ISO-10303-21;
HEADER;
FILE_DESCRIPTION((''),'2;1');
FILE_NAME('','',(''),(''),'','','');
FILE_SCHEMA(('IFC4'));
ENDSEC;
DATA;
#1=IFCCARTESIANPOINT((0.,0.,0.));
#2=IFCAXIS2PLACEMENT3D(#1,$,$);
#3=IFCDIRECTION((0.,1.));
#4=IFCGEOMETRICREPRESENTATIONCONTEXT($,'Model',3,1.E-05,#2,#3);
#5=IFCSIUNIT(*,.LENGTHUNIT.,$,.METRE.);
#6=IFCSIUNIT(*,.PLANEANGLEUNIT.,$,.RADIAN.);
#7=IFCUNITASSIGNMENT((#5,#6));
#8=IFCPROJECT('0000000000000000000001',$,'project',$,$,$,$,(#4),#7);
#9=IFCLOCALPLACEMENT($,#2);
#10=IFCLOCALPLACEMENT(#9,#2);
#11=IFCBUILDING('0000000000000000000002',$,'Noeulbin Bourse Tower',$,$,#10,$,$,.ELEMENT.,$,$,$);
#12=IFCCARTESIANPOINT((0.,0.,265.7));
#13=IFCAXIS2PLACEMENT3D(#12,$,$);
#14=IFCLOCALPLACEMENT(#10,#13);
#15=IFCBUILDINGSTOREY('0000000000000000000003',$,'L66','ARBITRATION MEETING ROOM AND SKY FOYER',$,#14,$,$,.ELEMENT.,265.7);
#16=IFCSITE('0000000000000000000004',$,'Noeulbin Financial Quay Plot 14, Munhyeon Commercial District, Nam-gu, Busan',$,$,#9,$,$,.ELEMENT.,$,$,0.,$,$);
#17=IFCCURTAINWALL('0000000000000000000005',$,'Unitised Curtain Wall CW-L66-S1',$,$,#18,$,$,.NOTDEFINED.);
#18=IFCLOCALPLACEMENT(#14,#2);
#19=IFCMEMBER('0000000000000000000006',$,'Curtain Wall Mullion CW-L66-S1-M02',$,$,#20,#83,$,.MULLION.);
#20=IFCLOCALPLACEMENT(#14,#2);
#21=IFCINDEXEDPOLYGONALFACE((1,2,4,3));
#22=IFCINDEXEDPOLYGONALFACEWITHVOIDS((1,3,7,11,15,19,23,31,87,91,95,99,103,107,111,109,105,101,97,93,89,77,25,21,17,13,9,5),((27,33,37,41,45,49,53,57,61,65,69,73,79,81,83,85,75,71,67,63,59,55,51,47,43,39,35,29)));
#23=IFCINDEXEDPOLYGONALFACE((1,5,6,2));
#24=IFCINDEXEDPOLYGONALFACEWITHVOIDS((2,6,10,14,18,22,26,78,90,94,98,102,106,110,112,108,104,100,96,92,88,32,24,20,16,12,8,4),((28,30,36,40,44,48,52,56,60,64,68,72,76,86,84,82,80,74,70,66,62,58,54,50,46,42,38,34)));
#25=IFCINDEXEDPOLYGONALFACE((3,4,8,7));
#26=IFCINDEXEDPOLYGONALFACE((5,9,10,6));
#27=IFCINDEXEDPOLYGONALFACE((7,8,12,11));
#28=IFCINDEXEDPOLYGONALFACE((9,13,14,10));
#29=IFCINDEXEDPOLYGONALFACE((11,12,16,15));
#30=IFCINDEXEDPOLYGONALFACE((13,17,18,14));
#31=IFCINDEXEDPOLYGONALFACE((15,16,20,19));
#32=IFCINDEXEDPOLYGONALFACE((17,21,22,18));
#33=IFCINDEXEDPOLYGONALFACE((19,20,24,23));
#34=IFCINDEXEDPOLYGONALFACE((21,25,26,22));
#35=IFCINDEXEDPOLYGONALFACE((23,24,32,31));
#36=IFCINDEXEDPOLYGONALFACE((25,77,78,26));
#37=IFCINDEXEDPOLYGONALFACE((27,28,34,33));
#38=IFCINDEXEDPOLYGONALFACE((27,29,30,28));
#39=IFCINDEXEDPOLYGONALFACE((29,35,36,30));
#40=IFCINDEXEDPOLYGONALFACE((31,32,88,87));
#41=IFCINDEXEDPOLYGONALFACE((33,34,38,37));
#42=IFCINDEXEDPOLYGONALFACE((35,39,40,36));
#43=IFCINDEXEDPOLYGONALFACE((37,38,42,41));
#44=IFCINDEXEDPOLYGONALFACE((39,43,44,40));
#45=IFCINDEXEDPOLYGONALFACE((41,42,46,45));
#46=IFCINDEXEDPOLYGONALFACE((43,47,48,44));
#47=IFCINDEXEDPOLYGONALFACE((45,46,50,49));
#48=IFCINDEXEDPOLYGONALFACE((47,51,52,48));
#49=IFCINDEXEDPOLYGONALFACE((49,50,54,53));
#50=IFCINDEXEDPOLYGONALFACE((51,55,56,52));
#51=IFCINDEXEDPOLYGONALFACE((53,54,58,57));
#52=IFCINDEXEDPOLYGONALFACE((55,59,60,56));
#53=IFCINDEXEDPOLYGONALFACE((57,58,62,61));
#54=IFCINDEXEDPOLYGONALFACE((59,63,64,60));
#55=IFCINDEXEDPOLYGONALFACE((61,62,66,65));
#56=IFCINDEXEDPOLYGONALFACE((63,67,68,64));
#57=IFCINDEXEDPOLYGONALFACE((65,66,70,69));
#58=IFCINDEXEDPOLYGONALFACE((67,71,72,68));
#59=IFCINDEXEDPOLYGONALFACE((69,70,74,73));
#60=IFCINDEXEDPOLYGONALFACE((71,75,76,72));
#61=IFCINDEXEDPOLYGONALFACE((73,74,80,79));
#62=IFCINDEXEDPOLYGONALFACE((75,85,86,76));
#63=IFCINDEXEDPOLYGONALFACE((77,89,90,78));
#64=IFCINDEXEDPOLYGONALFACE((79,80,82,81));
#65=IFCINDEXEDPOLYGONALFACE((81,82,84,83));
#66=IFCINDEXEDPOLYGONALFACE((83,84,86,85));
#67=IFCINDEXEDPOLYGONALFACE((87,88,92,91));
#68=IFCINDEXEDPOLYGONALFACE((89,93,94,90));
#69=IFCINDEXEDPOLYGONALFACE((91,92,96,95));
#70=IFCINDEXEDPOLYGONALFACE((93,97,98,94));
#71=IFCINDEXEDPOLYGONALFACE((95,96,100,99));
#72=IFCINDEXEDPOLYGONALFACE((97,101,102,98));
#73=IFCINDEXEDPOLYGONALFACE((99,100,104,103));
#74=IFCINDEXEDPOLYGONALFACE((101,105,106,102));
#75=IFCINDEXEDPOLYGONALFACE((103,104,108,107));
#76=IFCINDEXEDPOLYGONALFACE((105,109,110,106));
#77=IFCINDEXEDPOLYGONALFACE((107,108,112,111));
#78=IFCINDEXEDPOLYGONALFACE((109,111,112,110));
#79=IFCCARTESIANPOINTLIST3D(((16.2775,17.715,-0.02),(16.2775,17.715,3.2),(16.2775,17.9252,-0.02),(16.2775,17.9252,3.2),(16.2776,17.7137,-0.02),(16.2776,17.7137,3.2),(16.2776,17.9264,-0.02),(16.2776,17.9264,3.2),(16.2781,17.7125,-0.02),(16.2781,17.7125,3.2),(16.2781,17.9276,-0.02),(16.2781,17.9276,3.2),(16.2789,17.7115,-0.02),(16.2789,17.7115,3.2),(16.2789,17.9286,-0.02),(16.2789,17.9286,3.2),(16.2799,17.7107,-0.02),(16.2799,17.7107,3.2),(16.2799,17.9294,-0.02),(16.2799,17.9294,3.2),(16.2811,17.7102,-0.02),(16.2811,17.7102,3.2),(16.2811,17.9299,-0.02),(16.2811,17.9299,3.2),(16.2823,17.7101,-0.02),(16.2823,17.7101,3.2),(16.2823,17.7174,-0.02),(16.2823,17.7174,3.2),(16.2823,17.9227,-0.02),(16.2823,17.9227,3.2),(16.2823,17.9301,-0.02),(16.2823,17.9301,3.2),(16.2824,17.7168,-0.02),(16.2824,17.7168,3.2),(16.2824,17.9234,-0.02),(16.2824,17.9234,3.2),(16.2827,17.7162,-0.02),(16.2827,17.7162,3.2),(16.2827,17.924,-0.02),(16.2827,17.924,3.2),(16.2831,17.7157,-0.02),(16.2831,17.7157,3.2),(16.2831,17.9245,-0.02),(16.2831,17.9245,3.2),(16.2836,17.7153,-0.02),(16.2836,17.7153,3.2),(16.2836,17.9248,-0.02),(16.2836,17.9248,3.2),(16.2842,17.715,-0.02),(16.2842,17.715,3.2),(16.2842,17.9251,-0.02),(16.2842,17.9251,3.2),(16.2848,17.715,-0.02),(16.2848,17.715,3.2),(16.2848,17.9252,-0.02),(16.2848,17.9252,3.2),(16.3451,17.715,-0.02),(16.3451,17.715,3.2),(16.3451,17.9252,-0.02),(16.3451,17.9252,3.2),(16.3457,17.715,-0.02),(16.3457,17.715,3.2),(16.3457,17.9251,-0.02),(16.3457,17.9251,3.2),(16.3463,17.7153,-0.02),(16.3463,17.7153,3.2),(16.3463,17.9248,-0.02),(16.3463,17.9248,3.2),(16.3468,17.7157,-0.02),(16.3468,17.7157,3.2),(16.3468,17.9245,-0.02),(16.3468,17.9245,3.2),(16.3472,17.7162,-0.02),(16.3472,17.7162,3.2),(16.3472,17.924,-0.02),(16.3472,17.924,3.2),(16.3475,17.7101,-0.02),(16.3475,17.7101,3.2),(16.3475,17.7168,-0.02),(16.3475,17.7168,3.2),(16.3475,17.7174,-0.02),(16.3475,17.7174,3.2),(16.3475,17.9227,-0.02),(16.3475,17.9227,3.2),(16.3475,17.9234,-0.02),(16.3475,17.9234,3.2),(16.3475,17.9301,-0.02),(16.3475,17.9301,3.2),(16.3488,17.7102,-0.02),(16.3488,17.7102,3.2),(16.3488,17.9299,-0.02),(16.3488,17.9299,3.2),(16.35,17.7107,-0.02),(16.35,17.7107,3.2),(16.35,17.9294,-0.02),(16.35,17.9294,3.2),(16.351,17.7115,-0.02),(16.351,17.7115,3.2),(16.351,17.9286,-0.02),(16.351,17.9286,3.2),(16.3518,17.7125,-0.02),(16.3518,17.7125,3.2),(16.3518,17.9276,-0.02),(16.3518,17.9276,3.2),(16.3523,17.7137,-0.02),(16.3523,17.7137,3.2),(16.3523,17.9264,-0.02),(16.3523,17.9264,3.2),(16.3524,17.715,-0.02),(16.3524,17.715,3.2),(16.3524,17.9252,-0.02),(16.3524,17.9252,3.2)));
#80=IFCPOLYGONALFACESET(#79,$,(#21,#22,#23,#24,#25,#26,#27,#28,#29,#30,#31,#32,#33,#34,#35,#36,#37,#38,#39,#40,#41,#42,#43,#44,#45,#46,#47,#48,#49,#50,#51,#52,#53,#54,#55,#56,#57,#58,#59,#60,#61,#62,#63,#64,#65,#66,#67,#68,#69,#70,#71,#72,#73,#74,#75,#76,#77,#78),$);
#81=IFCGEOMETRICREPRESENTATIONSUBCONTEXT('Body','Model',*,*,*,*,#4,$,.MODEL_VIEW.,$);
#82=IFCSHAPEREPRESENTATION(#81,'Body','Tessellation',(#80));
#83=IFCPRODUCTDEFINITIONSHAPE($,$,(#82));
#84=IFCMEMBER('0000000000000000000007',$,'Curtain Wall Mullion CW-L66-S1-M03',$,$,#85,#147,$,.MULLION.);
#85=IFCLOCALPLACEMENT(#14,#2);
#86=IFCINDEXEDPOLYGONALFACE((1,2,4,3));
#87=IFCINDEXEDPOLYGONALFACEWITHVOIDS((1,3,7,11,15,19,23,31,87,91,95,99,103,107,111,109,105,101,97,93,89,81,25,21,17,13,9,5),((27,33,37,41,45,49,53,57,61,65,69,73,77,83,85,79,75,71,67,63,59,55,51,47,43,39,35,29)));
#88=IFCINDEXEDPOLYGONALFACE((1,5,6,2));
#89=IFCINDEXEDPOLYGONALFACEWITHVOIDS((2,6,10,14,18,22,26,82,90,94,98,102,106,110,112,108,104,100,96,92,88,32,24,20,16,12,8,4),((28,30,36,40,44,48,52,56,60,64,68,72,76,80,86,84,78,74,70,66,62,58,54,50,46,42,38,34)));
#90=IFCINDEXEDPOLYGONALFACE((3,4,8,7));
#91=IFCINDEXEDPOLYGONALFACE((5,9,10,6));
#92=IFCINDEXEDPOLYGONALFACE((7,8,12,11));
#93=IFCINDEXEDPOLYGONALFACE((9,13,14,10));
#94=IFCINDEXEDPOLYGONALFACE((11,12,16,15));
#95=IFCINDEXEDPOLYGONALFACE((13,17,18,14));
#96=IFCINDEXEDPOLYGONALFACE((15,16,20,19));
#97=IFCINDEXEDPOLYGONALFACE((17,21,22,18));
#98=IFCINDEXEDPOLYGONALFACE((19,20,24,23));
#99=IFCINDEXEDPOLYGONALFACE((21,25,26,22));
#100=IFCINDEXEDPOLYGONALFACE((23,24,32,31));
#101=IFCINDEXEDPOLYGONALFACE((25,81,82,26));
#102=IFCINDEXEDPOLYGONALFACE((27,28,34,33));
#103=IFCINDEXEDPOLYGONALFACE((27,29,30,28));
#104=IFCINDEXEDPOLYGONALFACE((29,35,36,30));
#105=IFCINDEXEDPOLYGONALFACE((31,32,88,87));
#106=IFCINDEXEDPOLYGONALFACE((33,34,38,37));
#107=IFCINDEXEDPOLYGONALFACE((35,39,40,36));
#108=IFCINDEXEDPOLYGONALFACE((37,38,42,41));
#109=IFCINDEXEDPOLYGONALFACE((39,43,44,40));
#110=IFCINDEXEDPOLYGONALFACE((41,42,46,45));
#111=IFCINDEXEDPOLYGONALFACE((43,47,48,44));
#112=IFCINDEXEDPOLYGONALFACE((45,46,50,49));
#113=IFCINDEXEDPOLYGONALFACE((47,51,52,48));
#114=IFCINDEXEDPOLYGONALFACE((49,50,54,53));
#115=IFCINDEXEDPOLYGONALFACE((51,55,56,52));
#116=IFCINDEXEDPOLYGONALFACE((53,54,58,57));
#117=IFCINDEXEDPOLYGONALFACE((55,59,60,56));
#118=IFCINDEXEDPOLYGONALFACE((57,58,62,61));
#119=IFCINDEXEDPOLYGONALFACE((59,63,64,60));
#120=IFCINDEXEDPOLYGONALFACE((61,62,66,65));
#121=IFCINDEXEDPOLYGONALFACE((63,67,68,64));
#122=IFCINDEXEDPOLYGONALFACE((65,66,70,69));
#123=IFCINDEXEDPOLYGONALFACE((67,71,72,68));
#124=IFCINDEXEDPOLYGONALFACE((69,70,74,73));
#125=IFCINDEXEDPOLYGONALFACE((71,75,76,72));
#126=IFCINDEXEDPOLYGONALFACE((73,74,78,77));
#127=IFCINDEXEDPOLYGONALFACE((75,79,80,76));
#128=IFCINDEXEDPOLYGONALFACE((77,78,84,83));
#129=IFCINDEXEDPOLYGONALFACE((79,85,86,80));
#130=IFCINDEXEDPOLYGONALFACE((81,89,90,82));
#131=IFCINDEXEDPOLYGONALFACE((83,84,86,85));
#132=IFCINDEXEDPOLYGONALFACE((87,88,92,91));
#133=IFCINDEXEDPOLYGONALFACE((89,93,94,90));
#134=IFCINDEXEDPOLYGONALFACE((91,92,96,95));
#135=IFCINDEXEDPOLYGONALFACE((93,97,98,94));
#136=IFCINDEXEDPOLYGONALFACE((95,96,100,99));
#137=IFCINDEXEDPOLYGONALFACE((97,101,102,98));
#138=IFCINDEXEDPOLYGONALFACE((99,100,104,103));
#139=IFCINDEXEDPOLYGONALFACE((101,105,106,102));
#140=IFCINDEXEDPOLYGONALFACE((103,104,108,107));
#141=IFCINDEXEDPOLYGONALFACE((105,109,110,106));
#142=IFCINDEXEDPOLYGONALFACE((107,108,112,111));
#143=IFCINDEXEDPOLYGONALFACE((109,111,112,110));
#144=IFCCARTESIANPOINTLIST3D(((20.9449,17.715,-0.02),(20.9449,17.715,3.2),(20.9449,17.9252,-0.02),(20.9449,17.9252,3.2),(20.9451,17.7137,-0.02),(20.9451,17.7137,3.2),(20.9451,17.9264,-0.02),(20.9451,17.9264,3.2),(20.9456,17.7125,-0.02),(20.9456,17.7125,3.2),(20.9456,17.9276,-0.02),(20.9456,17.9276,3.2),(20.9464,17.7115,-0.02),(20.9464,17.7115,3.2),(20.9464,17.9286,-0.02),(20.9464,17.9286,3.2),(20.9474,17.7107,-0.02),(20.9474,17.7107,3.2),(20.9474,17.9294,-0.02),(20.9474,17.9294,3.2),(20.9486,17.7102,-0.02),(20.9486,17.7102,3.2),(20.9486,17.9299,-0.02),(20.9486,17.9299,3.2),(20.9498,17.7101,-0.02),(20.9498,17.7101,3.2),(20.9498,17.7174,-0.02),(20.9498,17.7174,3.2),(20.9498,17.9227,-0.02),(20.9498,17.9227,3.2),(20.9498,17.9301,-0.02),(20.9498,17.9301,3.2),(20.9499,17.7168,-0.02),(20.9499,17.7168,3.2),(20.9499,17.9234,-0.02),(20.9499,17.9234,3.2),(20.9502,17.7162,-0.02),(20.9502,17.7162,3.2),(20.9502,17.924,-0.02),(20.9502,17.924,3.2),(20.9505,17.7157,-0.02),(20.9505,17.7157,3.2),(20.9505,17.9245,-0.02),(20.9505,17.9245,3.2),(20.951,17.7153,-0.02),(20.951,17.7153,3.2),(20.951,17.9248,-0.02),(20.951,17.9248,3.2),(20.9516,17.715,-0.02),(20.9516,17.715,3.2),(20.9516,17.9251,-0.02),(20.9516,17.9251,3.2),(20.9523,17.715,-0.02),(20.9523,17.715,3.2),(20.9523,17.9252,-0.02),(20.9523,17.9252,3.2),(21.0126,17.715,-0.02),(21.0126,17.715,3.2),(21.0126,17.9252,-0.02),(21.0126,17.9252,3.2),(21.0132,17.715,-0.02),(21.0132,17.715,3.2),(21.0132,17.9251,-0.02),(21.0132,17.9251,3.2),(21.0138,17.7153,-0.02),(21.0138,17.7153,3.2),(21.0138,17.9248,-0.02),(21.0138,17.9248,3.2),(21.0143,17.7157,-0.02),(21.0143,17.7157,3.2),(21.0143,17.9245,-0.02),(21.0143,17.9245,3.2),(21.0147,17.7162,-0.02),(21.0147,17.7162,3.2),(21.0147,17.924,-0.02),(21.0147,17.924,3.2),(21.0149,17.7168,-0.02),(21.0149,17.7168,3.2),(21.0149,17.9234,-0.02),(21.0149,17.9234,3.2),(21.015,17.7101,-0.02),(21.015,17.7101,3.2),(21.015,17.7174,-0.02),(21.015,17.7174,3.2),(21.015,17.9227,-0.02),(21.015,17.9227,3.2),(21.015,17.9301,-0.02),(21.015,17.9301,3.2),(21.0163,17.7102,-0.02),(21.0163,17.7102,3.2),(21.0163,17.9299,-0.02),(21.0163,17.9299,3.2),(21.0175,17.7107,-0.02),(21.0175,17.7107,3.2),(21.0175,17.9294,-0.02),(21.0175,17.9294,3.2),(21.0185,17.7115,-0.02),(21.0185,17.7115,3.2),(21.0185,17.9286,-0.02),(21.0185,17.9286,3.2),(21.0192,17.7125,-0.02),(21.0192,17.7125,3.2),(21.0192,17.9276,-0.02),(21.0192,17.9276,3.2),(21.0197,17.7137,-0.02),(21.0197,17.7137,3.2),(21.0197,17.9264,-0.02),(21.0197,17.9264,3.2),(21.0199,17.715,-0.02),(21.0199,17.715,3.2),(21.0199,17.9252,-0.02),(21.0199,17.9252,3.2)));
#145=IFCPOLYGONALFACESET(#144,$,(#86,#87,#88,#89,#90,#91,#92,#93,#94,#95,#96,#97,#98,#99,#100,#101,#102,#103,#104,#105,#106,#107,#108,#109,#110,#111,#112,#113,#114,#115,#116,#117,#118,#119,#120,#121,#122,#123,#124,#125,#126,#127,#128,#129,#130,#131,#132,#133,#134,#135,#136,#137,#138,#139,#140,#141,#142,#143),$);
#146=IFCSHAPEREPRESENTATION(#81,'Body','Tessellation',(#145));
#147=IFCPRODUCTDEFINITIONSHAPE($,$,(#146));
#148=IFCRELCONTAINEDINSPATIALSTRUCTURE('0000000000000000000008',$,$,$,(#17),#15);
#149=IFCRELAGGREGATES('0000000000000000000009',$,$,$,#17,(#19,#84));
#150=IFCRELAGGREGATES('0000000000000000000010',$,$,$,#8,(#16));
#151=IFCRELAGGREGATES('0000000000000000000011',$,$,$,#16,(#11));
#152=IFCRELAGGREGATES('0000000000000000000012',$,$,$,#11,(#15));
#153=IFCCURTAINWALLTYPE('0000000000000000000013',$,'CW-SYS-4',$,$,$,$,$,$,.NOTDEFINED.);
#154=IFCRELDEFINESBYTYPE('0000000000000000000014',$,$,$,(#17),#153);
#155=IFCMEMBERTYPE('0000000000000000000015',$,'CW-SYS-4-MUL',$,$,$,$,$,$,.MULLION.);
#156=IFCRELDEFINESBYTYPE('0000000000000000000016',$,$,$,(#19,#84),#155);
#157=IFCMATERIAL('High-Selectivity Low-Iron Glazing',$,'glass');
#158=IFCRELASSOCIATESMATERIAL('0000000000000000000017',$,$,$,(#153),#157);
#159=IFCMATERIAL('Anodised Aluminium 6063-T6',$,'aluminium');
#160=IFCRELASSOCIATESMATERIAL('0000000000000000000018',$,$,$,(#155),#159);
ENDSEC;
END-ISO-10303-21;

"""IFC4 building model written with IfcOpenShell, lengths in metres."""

from ifc_helpers import new_model, si_unit, direction, frame, origin, origin_2d, place, context, subcontext, project, spatial, hollow_rectangle, extrude, material, material_profile, profile_set, type_object, element, aggregate, save


model = new_model("IFC4")

# Units and contexts
model_context = context("Model", 3, precision=1e-05, world=origin(), true_north=direction((0.0, 1.0)))
body_context = subcontext(model_context, "Body", "Model", "MODEL_VIEW")
ifc_project = project(units=[si_unit("LENGTHUNIT", "METRE"), si_unit("PLANEANGLEUNIT", "RADIAN")], contexts=[model_context])

# Site, building, storey
site_placement = place(None, origin())
site = spatial("IfcSite", under=ifc_project, at=site_placement, Name="Noeulbin Financial Quay Plot 14, Munhyeon Commercial District, Nam-gu, Busan", CompositionType="ELEMENT", RefElevation=0.0)
building_placement = place(site_placement, origin())
building = spatial("IfcBuilding", under=site, at=building_placement, Name="Noeulbin Bourse Tower", CompositionType="ELEMENT")
storey_placement = place(building_placement, frame((0.0, 0.0, 265.7)))
storey = spatial("IfcBuildingStorey", under=building, at=storey_placement, Name="L66", Description="ARBITRATION MEETING ROOM AND SKY FOYER", CompositionType="ELEMENT", Elevation=265.7)

# Curtain wall, members
ifc_material_1 = material(Name="High-Selectivity Low-Iron Glazing", Category="glass")
curtain_wall_type = type_object("IfcCurtainWallType", Name="CW-SYS-4", PredefinedType="NOTDEFINED", material=ifc_material_1)
curtain_wall_placement = place(storey_placement, origin())
curtain_wall = element("IfcCurtainWall", 1, at=curtain_wall_placement, inside=storey, type_object=curtain_wall_type, Name="Unitised Curtain Wall CW-L66-S1", PredefinedType="NOTDEFINED")
ifc_material_2 = material(Name="Anodised Aluminium 6063-T6", Category="aluminium")
ifc_material_profile_1 = material_profile(ifc_material_2, hollow_rectangle(XDim=0.075, YDim=0.22, WallThickness=0.0049, InnerFilletRadius=0.0024, OuterFilletRadius=0.0049, at=origin_2d()), Name="ALU-MULL-75x220x5", Category="LoadBearing")
ifc_profile_set_1 = profile_set([ifc_material_profile_1], Name="Anodised Aluminium 6063-T6")
member_type_1 = type_object("IfcMemberType", Name="CW-SYS-4-MUL", PredefinedType="MULLION", material=ifc_profile_set_1)
member_1_placement = place(storey_placement, frame((16.3149, 17.8201, -0.02), z_axis=(0.0, 0.0, 1.0), x_axis=(1.0, 0.0, 0.0)))
member_1 = element("IfcMember", 2, at=member_1_placement, type_object=member_type_1, Name="Curtain Wall Mullion CW-L66-S1-M02", PredefinedType="MULLION", context=body_context, shape_type="SweptSolid", body=[
    extrude(hollow_rectangle(XDim=0.075, YDim=0.22, WallThickness=0.0049, InnerFilletRadius=0.0024, OuterFilletRadius=0.0049, at=origin_2d()), origin(), (0.0, 0.0, 1.0), 3.22),
])
member_2_placement = place(storey_placement, frame((20.9824, 17.8201, -0.02), z_axis=(0.0, 0.0, 1.0), x_axis=(1.0, 0.0, 0.0)))
member_2 = element("IfcMember", 3, at=member_2_placement, type_object=member_type_1, Name="Curtain Wall Mullion CW-L66-S1-M03", PredefinedType="MULLION", context=body_context, shape_type="SweptSolid", body=[
    extrude(hollow_rectangle(XDim=0.075, YDim=0.22, WallThickness=0.0049, InnerFilletRadius=0.0024, OuterFilletRadius=0.0049, at=origin_2d()), origin(), (0.0, 0.0, 1.0), 3.22),
])
aggregate(curtain_wall, [member_1, member_2])

save(model, "model.ifc")
